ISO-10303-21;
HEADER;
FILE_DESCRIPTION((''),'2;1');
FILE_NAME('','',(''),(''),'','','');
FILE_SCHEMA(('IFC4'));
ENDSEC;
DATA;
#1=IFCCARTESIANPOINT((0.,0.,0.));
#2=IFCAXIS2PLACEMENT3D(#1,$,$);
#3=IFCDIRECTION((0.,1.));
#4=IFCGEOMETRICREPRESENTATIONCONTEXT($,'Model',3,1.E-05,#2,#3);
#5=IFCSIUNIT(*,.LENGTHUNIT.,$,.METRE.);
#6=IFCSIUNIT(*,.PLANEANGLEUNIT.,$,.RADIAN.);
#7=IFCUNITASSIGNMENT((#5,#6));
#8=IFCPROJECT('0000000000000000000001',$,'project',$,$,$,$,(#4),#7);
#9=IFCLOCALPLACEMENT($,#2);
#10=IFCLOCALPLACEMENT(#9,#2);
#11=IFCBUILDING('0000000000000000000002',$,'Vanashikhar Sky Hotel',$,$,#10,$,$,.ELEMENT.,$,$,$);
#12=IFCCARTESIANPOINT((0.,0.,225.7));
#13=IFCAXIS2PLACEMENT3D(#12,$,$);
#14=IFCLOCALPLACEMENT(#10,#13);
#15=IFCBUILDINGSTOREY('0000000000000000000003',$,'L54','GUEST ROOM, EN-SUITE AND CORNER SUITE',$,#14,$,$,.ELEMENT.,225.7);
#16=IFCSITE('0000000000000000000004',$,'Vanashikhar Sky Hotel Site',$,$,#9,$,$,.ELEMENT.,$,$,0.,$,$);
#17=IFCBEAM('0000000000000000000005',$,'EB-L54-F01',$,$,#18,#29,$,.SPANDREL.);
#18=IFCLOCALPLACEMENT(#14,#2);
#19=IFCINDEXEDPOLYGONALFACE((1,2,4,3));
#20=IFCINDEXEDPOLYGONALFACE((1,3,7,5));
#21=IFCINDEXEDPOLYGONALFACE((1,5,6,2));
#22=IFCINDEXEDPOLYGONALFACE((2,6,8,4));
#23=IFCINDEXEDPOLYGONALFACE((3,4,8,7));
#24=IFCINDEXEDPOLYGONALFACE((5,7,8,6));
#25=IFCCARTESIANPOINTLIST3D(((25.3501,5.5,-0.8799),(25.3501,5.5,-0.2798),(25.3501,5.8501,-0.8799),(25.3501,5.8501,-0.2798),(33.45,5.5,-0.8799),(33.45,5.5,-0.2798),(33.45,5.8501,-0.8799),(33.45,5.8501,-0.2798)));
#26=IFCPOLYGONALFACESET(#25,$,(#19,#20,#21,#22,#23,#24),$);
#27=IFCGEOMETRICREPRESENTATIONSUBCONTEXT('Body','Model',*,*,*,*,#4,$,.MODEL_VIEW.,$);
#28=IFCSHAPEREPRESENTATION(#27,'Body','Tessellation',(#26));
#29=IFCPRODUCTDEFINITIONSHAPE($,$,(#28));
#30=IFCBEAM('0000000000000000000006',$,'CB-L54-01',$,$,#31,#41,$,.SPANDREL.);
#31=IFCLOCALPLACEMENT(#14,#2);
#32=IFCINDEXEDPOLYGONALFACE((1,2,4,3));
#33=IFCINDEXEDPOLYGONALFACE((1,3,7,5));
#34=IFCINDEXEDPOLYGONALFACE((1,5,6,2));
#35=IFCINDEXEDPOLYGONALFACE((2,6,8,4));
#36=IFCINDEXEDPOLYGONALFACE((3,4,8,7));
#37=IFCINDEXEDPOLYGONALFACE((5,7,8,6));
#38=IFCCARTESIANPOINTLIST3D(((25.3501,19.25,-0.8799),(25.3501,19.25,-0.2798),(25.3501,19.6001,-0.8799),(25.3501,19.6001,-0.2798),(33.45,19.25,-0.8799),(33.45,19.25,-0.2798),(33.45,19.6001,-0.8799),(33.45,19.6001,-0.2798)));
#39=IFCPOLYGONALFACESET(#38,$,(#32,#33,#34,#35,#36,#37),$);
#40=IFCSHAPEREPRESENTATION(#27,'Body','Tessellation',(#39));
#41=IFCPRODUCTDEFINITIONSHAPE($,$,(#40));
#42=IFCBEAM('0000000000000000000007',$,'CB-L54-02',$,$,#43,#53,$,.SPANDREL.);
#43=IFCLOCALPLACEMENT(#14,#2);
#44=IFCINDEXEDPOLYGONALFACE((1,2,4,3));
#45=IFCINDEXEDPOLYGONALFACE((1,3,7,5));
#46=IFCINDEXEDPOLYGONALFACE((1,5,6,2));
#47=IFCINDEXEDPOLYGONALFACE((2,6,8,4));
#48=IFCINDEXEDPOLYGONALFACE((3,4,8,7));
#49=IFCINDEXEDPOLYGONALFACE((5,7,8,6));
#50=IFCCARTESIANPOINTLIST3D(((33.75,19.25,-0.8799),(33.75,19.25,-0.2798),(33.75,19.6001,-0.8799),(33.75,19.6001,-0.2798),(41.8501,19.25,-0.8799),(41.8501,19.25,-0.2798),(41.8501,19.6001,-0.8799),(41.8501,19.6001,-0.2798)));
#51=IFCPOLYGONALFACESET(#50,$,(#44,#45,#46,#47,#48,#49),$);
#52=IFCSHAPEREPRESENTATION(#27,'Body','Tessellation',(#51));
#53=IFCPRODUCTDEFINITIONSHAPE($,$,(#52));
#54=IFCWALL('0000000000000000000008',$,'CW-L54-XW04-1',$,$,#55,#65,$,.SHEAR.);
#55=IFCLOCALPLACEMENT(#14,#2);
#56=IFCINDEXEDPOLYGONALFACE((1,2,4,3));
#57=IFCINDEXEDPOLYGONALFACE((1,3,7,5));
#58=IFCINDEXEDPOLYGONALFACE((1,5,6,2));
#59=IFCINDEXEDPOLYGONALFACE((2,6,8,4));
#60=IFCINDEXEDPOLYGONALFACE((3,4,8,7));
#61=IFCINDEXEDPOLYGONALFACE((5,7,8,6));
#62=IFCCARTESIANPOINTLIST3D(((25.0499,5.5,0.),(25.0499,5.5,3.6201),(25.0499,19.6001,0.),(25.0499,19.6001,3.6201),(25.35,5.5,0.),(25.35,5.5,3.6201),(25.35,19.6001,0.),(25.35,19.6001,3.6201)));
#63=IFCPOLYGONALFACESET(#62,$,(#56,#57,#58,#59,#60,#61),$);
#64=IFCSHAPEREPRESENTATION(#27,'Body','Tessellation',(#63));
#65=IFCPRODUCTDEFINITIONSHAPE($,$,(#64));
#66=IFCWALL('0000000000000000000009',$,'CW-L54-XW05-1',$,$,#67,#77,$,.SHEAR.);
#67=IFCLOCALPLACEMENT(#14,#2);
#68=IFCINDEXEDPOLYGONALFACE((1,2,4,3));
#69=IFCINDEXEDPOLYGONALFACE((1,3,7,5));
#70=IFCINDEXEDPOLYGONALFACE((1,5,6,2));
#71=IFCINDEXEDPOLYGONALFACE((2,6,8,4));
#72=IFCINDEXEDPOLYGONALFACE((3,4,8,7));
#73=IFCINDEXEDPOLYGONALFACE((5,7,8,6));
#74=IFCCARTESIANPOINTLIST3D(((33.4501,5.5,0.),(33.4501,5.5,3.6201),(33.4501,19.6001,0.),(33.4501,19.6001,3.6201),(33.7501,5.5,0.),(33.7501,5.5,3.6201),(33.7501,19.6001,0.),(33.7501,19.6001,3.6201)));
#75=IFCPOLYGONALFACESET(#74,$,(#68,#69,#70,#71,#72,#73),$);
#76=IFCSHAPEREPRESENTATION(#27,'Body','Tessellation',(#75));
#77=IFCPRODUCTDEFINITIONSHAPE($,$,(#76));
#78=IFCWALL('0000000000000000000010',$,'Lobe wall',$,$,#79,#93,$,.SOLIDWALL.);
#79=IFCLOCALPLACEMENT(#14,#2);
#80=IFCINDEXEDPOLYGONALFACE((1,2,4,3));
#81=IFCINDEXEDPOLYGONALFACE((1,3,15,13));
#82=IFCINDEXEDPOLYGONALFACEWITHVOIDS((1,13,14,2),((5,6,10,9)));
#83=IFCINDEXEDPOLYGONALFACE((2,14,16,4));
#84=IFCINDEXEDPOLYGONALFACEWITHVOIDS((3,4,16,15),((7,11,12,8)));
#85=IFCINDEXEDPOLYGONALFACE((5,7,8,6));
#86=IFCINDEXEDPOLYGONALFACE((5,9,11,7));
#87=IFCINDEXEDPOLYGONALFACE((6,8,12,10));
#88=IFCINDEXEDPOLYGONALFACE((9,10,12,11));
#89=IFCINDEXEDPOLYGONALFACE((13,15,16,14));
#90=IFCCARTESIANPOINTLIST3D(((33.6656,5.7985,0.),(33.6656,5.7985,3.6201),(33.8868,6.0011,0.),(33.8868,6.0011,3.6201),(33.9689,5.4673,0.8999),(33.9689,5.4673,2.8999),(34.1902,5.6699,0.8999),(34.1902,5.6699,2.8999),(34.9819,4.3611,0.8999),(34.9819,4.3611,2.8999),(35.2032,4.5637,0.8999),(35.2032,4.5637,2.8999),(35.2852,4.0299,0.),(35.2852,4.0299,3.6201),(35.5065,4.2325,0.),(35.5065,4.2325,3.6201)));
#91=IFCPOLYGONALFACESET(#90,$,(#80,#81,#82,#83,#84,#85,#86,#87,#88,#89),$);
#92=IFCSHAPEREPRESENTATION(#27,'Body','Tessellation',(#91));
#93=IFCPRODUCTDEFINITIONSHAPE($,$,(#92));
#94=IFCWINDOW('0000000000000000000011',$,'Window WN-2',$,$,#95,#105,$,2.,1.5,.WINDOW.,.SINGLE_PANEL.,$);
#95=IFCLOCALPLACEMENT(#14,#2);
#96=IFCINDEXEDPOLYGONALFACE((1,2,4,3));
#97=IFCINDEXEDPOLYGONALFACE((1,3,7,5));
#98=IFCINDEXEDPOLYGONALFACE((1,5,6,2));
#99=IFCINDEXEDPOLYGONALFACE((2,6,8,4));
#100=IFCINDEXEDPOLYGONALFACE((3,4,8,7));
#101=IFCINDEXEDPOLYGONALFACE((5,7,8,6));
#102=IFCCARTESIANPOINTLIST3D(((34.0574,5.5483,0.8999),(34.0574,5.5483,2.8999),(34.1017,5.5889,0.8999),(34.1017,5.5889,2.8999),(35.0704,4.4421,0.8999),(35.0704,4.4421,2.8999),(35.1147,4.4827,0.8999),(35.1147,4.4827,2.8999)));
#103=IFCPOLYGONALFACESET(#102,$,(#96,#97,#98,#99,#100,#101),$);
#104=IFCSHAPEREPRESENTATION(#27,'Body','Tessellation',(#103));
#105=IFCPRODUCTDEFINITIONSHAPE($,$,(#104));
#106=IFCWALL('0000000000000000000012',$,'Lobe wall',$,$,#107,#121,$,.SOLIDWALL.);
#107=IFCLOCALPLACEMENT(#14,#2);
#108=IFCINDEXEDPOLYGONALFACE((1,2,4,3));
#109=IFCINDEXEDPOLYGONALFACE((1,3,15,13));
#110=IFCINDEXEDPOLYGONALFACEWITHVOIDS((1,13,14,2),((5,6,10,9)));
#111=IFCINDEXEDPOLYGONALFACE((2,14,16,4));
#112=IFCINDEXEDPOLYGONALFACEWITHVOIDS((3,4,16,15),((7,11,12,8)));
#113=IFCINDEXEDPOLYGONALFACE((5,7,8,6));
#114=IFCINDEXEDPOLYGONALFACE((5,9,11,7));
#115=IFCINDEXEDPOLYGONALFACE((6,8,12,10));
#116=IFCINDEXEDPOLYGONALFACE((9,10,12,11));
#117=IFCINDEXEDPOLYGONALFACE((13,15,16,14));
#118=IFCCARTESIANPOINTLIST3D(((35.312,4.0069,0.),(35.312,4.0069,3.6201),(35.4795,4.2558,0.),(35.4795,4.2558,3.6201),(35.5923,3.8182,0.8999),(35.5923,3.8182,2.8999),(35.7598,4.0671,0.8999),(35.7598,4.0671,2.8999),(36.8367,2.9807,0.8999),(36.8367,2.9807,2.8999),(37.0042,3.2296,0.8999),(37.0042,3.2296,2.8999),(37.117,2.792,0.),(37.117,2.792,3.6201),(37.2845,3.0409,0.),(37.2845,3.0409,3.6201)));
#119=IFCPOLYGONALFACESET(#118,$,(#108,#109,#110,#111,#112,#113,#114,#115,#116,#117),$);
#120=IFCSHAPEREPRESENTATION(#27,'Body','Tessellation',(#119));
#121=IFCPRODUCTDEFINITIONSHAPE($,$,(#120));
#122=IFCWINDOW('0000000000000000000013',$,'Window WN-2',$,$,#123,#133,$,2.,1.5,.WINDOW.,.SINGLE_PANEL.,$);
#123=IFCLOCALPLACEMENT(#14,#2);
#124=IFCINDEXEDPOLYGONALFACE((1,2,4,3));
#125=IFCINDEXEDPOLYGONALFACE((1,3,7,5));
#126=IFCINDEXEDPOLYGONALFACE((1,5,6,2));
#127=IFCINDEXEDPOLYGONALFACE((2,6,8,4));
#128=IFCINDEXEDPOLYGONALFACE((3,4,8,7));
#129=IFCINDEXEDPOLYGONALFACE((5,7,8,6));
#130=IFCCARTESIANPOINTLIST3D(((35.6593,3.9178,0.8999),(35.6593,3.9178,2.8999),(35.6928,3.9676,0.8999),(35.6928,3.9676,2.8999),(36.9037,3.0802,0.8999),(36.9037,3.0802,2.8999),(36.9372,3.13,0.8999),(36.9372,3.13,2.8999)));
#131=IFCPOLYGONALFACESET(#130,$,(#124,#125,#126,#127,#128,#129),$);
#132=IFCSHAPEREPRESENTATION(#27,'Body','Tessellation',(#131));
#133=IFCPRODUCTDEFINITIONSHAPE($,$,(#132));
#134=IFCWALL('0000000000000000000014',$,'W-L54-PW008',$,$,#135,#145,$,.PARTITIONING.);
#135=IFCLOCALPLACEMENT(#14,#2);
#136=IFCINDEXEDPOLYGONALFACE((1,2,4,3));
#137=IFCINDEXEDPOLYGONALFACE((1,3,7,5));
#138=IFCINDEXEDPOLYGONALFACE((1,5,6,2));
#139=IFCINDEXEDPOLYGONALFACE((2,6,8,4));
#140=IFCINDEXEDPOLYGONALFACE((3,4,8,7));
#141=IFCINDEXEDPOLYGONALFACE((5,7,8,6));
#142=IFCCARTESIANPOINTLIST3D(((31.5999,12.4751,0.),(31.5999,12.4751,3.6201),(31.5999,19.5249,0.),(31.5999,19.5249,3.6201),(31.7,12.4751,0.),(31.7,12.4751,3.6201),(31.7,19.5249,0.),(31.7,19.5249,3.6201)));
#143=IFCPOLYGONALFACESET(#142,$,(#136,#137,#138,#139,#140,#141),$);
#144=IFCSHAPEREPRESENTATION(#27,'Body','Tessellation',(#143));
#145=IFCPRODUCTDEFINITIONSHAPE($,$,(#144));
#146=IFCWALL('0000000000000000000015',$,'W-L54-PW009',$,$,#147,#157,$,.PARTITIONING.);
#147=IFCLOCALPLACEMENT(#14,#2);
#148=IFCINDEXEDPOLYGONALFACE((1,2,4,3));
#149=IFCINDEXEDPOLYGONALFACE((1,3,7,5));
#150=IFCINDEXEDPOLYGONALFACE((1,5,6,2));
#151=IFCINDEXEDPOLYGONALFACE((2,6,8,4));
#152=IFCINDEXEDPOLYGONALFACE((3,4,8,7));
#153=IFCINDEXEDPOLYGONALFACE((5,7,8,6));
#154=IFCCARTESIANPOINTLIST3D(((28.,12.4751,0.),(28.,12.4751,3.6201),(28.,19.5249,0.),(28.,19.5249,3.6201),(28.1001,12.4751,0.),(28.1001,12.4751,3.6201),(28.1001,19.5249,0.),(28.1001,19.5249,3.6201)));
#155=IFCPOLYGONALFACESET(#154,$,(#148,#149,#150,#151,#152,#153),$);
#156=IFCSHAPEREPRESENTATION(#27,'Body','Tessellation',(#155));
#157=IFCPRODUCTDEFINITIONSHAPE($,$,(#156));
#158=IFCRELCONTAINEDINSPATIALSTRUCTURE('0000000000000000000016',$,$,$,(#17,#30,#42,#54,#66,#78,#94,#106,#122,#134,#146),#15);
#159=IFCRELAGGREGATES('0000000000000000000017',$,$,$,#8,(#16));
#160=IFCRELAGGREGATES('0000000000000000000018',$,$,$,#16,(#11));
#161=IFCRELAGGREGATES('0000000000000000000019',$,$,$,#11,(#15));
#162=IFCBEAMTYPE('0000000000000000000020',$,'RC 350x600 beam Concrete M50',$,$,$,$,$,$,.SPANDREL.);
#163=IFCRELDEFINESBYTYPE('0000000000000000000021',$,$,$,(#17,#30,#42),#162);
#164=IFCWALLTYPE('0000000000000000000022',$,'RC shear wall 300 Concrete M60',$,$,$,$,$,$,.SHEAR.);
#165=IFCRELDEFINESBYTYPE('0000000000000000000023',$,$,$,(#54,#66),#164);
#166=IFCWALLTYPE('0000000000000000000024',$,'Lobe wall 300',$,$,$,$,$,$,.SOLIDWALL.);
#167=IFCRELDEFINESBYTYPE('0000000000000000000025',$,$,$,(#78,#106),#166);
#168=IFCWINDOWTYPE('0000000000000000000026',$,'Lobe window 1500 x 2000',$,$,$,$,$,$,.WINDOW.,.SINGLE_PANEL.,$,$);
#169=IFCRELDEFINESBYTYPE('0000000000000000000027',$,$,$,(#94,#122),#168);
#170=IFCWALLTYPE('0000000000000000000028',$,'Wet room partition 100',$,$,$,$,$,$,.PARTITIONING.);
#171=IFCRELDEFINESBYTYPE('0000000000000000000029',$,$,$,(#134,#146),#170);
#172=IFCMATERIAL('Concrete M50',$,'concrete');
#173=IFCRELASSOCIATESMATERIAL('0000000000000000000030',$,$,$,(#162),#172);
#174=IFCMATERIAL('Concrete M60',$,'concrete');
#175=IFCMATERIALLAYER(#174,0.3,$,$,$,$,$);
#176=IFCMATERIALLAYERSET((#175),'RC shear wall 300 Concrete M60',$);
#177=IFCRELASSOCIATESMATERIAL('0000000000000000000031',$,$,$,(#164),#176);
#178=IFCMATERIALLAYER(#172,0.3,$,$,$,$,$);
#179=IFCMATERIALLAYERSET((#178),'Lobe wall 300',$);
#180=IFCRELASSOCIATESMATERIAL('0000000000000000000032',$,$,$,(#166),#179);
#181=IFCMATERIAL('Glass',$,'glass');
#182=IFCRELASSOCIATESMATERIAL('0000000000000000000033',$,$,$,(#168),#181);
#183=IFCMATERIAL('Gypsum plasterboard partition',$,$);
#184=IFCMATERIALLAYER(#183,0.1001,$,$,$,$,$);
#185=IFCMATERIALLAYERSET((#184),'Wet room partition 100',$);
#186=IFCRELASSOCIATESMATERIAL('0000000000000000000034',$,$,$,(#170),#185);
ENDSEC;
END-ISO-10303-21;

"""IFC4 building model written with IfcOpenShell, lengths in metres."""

from ifc_helpers import new_model, si_unit, direction, frame, frame_2d, origin, origin_2d, place, context, subcontext, project, spatial, rectangle, extrude, source, transform, mapped, material, layer, layer_set, material_profile, profile_set, type_object, element, fill, save


model = new_model("IFC4")

# Units and contexts
model_context = context("Model", 3, precision=1e-05, world=origin(), true_north=direction((0.0, 1.0)))
body_context = subcontext(model_context, "Body", "Model", "MODEL_VIEW")
ifc_project = project(units=[si_unit("LENGTHUNIT", "METRE"), si_unit("PLANEANGLEUNIT", "RADIAN")], contexts=[model_context])

# Site, building, storey
site_placement = place(None, origin())
site = spatial("IfcSite", under=ifc_project, at=site_placement, Name="Vanashikhar Sky Hotel Site", CompositionType="ELEMENT", RefElevation=0.0)
building_placement = place(site_placement, origin())
building = spatial("IfcBuilding", under=site, at=building_placement, Name="Vanashikhar Sky Hotel", CompositionType="ELEMENT")
storey_placement = place(building_placement, frame((0.0, 0.0, 225.7)))
storey = spatial("IfcBuildingStorey", under=building, at=storey_placement, Name="L54", Description="GUEST ROOM, EN-SUITE AND CORNER SUITE", CompositionType="ELEMENT", Elevation=225.7)

# Beams
ifc_material_1 = material(Name="Concrete M50", Category="concrete")
ifc_material_profile_1 = material_profile(ifc_material_1, rectangle(XDim=0.3501, YDim=0.6001, at=origin_2d()))
ifc_profile_set_1 = profile_set([ifc_material_profile_1], Name="RC 350x600 beam Concrete M50")
beam_type = type_object("IfcBeamType", Name="RC 350x600 beam Concrete M50", PredefinedType="SPANDREL", material=ifc_profile_set_1)
shared_shape_1 = source(origin(), body_context, "Body", "SweptSolid", [
    extrude(rectangle(XDim=0.3501, YDim=0.6001, at=origin_2d()), origin(), (0.0, 0.0, 1.0), 8.0999),
])
for number, where, z_axis, x_axis, name in (
    (1, (25.3501, 5.675, -0.5798), (1.0, 0.0, 0.0), (0.0, 1.0, 0.0), "EB-L54-F01"),
    (2, (25.3501, 19.425, -0.5798), (1.0, 0.0, 0.0), (0.0, 1.0, 0.0), "CB-L54-01"),
):
    element("IfcBeam", number, at=place(storey_placement, frame(where, z_axis=z_axis, x_axis=x_axis)), inside=storey, type_object=beam_type, Name=name, PredefinedType="SPANDREL", context=body_context, shape_type="MappedRepresentation", body=[
        mapped(shared_shape_1, transform((0.0, 0.0, 0.0), scale=1.0)),
    ])
shared_shape_2 = source(origin(), body_context, "Body", "SweptSolid", [
    extrude(rectangle(XDim=0.3501, YDim=0.6001, at=origin_2d()), origin(), (0.0, 0.0, 1.0), 8.1001),
])
beam_placement = place(storey_placement, frame((33.75, 19.425, -0.5798), z_axis=(1.0, 0.0, 0.0), x_axis=(0.0, 1.0, 0.0)))
element("IfcBeam", 3, at=beam_placement, inside=storey, type_object=beam_type, Name="CB-L54-02", PredefinedType="SPANDREL", context=body_context, shape_type="MappedRepresentation", body=[
    mapped(shared_shape_2, transform((0.0, 0.0, 0.0), scale=1.0)),
])

# Walls
ifc_material_2 = material(Name="Concrete M60", Category="concrete")
ifc_layer_1 = layer(ifc_material_2, 0.3)
ifc_layer_set_1 = layer_set([ifc_layer_1], Name="RC shear wall 300 Concrete M60")
wall_type_1 = type_object("IfcWallType", Name="RC shear wall 300 Concrete M60", PredefinedType="SHEAR", material=ifc_layer_set_1)
shared_shape_3 = source(origin(), body_context, "Body", "SweptSolid", [
    extrude(rectangle(XDim=14.1001, YDim=0.3, at=frame_2d((7.05, 0.0))), origin(), (0.0, 0.0, 1.0), 3.6201),
])
for number, where, z_axis, x_axis, name in (
    (4, (25.2, 5.5, 0.0), (0.0, 0.0, 1.0), (0.0, 1.0, 0.0), "CW-L54-XW04-1"),
    (5, (33.6001, 5.5, 0.0), (0.0, 0.0, 1.0), (0.0, 1.0, 0.0), "CW-L54-XW05-1"),
):
    element("IfcWall", number, at=place(storey_placement, frame(where, z_axis=z_axis, x_axis=x_axis)), inside=storey, type_object=wall_type_1, Name=name, PredefinedType="SHEAR", context=body_context, shape_type="MappedRepresentation", body=[
        mapped(shared_shape_3, transform((0.0, 0.0, 0.0), scale=1.0)),
    ])

# Shared definitions
ifc_material_3 = material(Name="Glass", Category="glass")

# Walls, openings, windows
ifc_layer_2 = layer(ifc_material_1, 0.3)
ifc_layer_set_2 = layer_set([ifc_layer_2], Name="Lobe wall 300")
wall_type_2 = type_object("IfcWallType", Name="Lobe wall 300", PredefinedType="SOLIDWALL", material=ifc_layer_set_2)
shared_shape_4 = source(origin(), body_context, "Body", "SweptSolid", [
    extrude(rectangle(XDim=2.3982, YDim=0.3, at=frame_2d((1.1992, 0.0))), origin(), (0.0, 0.0, 1.0), 3.6201),
])
wall_1_placement = place(storey_placement, frame((33.7761, 5.8999, 0.0), z_axis=(0.0, 0.0, 1.0), x_axis=(0.675374, -0.737475, 0.0)))
wall_1 = element("IfcWall", 6, at=wall_1_placement, inside=storey, type_object=wall_type_2, Name="Lobe wall", PredefinedType="SOLIDWALL", context=body_context, shape_type="MappedRepresentation", body=[
    mapped(shared_shape_4, transform((0.0, 0.0, 0.0), scale=1.0)),
])
shared_shape_5 = source(origin(), body_context, "Body", "SweptSolid", [
    extrude(rectangle(XDim=1.5, YDim=2.0, at=frame_2d((0.75, 1.0))), frame((0.0, 0.1602, 0.0), z_axis=(0.0, -1.0, 0.0), x_axis=(1.0, 0.0, 0.0)), (0.0, 0.0, 1.0), 0.3201),
])
opening_1_placement = place(wall_1_placement, frame((0.4492, 0.0, 0.8999)))
opening_1 = element("IfcOpeningElement", 7, at=opening_1_placement, cuts=wall_1, PredefinedType="OPENING", context=body_context, shape_type="MappedRepresentation", body=[
    mapped(shared_shape_5, transform((0.0, 0.0, 0.0), scale=1.0)),
])
window_type_1 = type_object("IfcWindowType", Name="Lobe window 1500 x 2000", PartitioningType="SINGLE_PANEL", PredefinedType="WINDOW", material=ifc_material_3)
shared_shape_6 = source(origin(), body_context, "Body", "SweptSolid", [
    extrude(rectangle(XDim=1.5, YDim=2.0, at=frame_2d((0.75, 1.0))), frame((0.0, 0.03, 0.0), z_axis=(0.0, -1.0, 0.0), x_axis=(1.0, 0.0, 0.0)), (0.0, 0.0, 1.0), 0.0601),
])
window_1_placement = place(opening_1_placement, origin())
window_1 = element("IfcWindow", 8, at=window_1_placement, inside=storey, type_object=window_type_1, Name="Window WN-2", OverallHeight=2.0, OverallWidth=1.5, PartitioningType="SINGLE_PANEL", PredefinedType="WINDOW", context=body_context, shape_type="MappedRepresentation", body=[
    mapped(shared_shape_6, transform((0.0, 0.0, 0.0), scale=1.0)),
])
fill(opening_1, window_1)
shared_shape_7 = source(origin(), body_context, "Body", "SweptSolid", [
    extrude(rectangle(XDim=2.1758, YDim=0.3, at=frame_2d((1.0879, 0.0))), origin(), (0.0, 0.0, 1.0), 3.6201),
])
wall_2_placement = place(storey_placement, frame((35.3958, 4.1313, 0.0), z_axis=(0.0, 0.0, 1.0), x_axis=(0.829591, -0.558372, 0.0)))
wall_2 = element("IfcWall", 9, at=wall_2_placement, inside=storey, type_object=wall_type_2, Name="Lobe wall", PredefinedType="SOLIDWALL", context=body_context, shape_type="MappedRepresentation", body=[
    mapped(shared_shape_7, transform((0.0, 0.0, 0.0), scale=1.0)),
])
opening_2_placement = place(wall_2_placement, frame((0.3379, 0.0, 0.8999)))
opening_2 = element("IfcOpeningElement", 10, at=opening_2_placement, cuts=wall_2, PredefinedType="OPENING", context=body_context, shape_type="MappedRepresentation", body=[
    mapped(shared_shape_5, transform((0.0, 0.0, 0.0), scale=1.0)),
])
window_2_placement = place(opening_2_placement, origin())
window_2 = element("IfcWindow", 11, at=window_2_placement, inside=storey, type_object=window_type_1, Name="Window WN-2", OverallHeight=2.0, OverallWidth=1.5, PartitioningType="SINGLE_PANEL", PredefinedType="WINDOW", context=body_context, shape_type="MappedRepresentation", body=[
    mapped(shared_shape_6, transform((0.0, 0.0, 0.0), scale=1.0)),
])
fill(opening_2, window_2)

# Walls
ifc_material_4 = material(Name="Gypsum plasterboard partition")
ifc_layer_3 = layer(ifc_material_4, 0.1001)
ifc_layer_set_3 = layer_set([ifc_layer_3], Name="Wet room partition 100")
wall_type_3 = type_object("IfcWallType", Name="Wet room partition 100", PredefinedType="PARTITIONING", material=ifc_layer_set_3)
shared_shape_8 = source(origin(), body_context, "Body", "SweptSolid", [
    extrude(rectangle(XDim=7.0498, YDim=0.1001, at=frame_2d((3.5249, 0.0))), origin(), (0.0, 0.0, 1.0), 3.6201),
])
for number, where, z_axis, x_axis, name in (
    (12, (31.6499, 12.4751, 0.0), (0.0, 0.0, 1.0), (0.0, 1.0, 0.0), "W-L54-PW008"),
    (13, (28.05, 12.4751, 0.0), (0.0, 0.0, 1.0), (0.0, 1.0, 0.0), "W-L54-PW009"),
):
    element("IfcWall", number, at=place(storey_placement, frame(where, z_axis=z_axis, x_axis=x_axis)), inside=storey, type_object=wall_type_3, Name=name, PredefinedType="PARTITIONING", context=body_context, shape_type="MappedRepresentation", body=[
        mapped(shared_shape_8, transform((0.0, 0.0, 0.0), scale=1.0)),
    ])

save(model, "model.ifc")
